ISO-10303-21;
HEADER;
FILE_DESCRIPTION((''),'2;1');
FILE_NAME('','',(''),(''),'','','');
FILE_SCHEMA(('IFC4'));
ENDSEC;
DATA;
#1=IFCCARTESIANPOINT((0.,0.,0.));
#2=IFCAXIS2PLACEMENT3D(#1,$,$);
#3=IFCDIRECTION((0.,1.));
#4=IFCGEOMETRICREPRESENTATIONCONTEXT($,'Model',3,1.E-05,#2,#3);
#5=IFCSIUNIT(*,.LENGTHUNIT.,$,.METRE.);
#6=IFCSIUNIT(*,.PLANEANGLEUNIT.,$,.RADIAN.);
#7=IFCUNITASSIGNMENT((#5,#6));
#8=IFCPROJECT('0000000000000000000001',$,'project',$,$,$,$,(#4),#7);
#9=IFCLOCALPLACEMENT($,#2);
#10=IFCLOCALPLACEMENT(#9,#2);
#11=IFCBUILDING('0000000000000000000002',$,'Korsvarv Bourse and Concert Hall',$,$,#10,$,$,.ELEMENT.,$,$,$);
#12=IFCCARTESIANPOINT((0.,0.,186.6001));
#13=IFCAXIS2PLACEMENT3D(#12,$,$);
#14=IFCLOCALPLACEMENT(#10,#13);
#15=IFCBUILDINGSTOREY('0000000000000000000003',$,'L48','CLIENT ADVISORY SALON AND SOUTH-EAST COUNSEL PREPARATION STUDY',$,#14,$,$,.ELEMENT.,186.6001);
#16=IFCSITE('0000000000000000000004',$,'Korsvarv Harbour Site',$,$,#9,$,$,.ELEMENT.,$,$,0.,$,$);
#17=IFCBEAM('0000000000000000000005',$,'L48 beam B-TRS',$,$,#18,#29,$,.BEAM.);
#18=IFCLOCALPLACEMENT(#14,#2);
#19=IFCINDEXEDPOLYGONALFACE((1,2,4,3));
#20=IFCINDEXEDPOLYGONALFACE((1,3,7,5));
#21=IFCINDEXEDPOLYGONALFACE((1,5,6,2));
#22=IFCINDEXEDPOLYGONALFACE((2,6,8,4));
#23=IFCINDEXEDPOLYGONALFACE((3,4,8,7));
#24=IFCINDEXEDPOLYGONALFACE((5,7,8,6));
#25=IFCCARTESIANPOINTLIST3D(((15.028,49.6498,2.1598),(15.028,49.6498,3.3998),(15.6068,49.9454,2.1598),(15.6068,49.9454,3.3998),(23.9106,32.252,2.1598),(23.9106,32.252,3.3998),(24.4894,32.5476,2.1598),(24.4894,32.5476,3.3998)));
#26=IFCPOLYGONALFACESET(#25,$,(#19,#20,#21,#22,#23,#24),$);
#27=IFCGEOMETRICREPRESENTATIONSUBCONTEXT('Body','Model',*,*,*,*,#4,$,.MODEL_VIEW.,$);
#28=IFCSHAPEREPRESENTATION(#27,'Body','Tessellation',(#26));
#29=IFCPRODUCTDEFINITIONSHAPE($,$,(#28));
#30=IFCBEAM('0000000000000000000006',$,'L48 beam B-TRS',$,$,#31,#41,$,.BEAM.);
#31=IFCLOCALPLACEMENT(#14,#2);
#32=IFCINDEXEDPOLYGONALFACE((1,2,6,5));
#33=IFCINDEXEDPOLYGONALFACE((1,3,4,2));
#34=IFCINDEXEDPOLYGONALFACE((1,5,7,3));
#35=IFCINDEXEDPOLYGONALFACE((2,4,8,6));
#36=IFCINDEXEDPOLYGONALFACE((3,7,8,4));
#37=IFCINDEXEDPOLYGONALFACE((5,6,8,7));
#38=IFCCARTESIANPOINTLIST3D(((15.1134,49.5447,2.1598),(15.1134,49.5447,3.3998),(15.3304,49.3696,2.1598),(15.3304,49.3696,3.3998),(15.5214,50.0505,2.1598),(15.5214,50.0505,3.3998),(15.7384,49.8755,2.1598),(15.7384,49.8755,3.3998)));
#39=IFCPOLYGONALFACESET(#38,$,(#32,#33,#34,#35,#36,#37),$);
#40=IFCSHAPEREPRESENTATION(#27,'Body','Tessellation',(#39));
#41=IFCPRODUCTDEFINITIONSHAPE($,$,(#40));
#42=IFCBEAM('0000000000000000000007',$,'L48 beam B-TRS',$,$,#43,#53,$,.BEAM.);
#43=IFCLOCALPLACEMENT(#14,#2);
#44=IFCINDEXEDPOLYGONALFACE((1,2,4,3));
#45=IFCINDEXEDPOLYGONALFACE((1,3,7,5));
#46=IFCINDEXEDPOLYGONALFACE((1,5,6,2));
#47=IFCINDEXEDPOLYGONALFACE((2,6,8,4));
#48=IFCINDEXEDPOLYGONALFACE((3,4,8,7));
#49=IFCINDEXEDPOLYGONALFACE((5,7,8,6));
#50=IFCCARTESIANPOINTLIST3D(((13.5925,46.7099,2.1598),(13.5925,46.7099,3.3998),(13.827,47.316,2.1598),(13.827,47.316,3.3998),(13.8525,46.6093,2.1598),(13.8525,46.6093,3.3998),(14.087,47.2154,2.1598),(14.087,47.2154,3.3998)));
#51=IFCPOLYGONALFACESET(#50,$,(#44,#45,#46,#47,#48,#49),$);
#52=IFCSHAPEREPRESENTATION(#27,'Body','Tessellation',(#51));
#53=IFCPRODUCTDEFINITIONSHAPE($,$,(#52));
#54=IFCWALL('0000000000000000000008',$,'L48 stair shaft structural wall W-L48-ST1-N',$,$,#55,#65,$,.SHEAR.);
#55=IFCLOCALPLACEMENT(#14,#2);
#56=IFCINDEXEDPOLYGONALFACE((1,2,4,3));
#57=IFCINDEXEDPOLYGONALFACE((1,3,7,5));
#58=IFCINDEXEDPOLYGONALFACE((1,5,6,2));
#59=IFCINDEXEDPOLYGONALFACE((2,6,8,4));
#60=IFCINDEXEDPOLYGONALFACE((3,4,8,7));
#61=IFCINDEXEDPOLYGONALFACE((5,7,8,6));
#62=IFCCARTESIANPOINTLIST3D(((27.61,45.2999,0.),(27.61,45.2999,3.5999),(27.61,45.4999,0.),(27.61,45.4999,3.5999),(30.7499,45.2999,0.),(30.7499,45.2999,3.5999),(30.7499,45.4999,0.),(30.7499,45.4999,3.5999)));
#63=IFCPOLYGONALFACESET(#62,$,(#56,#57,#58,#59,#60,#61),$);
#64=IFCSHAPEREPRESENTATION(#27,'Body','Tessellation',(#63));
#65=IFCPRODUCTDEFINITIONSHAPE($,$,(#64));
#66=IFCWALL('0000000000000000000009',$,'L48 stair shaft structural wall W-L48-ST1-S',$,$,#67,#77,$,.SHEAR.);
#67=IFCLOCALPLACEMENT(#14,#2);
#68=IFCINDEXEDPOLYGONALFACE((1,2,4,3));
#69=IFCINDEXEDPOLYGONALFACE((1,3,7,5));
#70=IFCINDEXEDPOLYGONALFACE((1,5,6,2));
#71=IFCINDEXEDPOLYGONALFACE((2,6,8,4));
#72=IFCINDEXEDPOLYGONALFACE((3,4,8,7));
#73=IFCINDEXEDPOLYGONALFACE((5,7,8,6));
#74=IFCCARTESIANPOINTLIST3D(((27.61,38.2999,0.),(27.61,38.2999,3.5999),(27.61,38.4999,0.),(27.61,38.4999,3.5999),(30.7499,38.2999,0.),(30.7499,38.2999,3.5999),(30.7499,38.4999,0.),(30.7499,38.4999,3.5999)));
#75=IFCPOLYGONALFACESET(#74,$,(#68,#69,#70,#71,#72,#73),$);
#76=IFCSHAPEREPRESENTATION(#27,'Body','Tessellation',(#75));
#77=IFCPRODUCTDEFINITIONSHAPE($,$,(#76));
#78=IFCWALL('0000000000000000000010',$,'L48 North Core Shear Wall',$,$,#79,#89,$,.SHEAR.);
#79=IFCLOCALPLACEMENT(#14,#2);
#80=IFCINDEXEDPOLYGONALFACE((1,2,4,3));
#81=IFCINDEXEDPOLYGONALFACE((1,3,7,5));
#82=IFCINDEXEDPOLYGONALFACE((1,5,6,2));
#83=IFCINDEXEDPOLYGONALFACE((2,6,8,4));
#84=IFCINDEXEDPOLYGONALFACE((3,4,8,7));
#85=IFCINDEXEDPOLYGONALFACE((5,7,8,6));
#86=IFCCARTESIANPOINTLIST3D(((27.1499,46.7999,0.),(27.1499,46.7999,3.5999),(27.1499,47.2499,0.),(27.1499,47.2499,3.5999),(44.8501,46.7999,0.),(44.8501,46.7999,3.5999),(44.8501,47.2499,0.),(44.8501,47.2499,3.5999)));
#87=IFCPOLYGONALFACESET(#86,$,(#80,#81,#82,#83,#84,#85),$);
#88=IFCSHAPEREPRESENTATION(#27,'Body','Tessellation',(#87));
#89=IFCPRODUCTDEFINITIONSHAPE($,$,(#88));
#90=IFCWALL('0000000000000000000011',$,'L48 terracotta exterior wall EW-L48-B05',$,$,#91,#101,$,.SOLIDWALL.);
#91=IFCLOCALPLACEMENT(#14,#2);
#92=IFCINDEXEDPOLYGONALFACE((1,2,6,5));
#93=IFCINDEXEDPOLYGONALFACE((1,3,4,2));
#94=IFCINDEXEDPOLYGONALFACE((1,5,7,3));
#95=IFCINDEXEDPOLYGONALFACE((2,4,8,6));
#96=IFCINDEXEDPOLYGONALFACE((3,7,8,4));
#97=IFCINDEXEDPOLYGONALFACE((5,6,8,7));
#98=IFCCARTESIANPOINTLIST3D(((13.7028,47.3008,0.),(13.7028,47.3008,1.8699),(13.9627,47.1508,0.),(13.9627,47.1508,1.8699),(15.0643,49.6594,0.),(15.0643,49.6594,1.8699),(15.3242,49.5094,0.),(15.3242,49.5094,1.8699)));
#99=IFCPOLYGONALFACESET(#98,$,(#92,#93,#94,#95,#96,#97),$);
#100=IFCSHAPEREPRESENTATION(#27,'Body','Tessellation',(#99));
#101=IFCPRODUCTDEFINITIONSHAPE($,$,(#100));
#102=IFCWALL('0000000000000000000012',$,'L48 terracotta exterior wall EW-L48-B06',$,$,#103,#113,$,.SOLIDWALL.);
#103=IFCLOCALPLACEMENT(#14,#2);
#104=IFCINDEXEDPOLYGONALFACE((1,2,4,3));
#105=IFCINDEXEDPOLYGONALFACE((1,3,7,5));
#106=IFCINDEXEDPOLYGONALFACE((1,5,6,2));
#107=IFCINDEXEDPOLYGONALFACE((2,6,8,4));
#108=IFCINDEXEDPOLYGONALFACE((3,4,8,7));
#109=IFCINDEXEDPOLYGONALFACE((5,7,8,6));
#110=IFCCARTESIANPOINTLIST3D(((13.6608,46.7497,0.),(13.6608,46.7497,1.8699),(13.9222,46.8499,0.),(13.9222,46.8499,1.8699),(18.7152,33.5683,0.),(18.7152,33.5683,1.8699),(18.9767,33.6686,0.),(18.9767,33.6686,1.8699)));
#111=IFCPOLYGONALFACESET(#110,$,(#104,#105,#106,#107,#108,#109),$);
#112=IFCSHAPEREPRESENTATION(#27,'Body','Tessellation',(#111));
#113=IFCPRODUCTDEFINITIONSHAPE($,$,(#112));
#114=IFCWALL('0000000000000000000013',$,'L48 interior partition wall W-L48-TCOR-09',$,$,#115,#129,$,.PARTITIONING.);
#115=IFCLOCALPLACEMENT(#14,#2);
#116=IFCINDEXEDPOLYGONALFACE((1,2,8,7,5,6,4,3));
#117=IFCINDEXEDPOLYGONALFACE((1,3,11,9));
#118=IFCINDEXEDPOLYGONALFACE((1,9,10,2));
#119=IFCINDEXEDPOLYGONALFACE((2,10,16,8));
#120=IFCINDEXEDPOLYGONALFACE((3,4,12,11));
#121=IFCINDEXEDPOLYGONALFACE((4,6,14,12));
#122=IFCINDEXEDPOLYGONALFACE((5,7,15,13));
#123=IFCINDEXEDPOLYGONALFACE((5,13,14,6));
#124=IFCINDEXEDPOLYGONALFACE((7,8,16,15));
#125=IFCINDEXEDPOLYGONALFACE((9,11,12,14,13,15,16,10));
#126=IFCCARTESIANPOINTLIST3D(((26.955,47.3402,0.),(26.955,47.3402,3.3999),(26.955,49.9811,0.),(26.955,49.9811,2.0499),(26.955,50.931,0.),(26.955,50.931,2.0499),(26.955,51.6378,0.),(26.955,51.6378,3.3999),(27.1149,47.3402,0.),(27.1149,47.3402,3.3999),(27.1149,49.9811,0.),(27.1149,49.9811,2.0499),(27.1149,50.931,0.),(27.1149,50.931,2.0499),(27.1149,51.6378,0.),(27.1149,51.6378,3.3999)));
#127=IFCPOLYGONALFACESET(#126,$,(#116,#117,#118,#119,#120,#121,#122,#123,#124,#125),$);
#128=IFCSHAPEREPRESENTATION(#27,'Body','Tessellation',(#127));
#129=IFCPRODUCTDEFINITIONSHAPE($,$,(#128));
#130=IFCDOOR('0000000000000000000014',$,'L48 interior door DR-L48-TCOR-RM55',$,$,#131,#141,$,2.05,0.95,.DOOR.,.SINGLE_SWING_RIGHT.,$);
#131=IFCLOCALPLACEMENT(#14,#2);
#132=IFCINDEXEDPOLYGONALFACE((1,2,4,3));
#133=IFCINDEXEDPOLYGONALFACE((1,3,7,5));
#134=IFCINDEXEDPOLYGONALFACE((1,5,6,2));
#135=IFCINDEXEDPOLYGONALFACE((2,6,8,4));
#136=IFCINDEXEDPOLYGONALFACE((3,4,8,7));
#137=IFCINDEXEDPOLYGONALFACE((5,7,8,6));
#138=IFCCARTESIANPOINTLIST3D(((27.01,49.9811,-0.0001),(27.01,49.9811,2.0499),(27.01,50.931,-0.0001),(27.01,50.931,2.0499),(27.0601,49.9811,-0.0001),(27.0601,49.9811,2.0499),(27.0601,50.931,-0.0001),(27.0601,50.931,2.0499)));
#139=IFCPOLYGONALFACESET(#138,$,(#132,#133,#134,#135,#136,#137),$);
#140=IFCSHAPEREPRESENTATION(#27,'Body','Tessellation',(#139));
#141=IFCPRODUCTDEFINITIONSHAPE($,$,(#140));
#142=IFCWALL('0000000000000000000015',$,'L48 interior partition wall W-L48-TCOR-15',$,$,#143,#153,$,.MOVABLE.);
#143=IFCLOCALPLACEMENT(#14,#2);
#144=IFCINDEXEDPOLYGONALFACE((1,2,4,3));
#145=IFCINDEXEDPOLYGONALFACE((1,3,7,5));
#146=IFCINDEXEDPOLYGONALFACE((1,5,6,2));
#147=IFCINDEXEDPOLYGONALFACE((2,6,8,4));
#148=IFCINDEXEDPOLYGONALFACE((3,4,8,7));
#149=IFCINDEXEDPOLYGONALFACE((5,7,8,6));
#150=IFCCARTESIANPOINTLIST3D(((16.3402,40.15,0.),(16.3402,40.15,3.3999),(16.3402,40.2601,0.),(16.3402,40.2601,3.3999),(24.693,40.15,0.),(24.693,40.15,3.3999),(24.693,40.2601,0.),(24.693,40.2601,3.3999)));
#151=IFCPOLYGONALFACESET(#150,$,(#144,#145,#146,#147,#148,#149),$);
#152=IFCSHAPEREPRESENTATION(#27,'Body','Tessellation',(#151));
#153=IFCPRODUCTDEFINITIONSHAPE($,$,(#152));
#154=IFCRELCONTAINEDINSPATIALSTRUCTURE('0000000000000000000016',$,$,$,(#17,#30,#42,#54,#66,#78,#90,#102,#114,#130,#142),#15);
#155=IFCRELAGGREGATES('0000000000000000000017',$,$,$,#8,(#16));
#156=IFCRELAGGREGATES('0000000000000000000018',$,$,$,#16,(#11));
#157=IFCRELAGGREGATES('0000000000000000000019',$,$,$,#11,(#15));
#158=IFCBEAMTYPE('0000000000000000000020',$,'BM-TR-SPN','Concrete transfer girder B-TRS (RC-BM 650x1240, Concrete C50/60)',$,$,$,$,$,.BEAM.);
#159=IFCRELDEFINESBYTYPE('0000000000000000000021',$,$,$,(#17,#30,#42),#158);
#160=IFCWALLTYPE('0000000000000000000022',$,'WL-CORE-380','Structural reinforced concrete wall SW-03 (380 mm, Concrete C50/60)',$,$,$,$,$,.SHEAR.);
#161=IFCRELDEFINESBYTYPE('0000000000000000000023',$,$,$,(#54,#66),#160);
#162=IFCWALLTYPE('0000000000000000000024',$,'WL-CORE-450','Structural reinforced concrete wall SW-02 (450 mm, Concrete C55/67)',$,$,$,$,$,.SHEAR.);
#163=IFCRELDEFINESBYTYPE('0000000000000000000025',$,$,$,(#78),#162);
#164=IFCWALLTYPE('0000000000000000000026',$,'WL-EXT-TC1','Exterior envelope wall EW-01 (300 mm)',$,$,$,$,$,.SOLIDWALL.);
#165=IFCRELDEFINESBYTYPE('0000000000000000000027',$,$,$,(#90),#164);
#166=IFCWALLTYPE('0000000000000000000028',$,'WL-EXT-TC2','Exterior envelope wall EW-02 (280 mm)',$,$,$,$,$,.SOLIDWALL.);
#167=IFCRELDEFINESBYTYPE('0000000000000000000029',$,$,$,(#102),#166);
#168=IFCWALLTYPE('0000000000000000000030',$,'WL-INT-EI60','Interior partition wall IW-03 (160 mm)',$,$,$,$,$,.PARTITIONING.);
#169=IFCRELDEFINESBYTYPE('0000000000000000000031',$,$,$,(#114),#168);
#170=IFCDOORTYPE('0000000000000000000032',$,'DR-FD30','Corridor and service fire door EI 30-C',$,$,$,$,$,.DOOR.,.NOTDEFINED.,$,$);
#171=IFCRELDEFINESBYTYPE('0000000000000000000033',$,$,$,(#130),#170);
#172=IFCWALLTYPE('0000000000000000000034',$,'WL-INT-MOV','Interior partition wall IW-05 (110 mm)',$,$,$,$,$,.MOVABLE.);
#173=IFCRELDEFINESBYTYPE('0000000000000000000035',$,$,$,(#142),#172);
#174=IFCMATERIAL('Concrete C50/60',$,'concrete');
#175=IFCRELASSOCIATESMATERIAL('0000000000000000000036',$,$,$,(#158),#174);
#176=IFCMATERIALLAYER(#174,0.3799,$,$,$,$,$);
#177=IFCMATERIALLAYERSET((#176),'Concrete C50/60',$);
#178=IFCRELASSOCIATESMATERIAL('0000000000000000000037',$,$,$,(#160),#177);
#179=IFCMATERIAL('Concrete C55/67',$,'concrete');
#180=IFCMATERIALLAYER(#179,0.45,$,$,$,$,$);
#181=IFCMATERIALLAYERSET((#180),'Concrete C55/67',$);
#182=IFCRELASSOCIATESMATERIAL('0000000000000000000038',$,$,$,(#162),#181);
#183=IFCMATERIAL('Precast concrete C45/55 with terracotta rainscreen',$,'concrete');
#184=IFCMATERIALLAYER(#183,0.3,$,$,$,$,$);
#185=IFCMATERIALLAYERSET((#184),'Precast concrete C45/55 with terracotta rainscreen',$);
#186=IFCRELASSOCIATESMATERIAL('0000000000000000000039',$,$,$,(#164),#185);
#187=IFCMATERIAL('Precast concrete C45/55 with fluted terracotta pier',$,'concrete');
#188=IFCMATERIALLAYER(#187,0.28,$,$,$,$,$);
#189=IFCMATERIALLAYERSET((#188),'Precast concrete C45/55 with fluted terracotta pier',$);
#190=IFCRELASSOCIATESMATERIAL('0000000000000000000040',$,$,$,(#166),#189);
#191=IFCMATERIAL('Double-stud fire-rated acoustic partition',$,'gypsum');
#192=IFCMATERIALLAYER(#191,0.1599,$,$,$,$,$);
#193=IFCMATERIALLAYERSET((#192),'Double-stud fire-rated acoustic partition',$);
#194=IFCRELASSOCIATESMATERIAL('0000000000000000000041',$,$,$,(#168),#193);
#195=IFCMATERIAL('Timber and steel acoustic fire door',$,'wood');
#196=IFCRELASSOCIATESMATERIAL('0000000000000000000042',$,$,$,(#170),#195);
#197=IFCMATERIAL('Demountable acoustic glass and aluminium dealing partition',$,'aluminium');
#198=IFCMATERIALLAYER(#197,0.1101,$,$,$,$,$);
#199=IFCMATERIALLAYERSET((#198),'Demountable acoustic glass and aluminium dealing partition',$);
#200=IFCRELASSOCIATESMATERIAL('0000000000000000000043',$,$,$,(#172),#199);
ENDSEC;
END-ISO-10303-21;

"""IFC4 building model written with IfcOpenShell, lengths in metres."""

from ifc_helpers import new_model, si_unit, direction, frame, frame_2d, origin, origin_2d, place, context, subcontext, project, spatial, rectangle, extrude, source, transform, mapped, material, layer, layer_set, material_profile, profile_set, type_object, element, fill, save


model = new_model("IFC4")

# Units and contexts
model_context = context("Model", 3, precision=1e-05, world=origin(), true_north=direction((0.0, 1.0)))
body_context = subcontext(model_context, "Body", "Model", "MODEL_VIEW")
ifc_project = project(units=[si_unit("LENGTHUNIT", "METRE"), si_unit("PLANEANGLEUNIT", "RADIAN")], contexts=[model_context])

# Site, building, storey
site_placement = place(None, origin())
site = spatial("IfcSite", under=ifc_project, at=site_placement, Name="Korsvarv Harbour Site", CompositionType="ELEMENT", RefElevation=0.0)
building_placement = place(site_placement, origin())
building = spatial("IfcBuilding", under=site, at=building_placement, Name="Korsvarv Bourse and Concert Hall", CompositionType="ELEMENT")
storey_placement = place(building_placement, frame((0.0, 0.0, 186.6001)))
storey = spatial("IfcBuildingStorey", under=building, at=storey_placement, Name="L48", Description="CLIENT ADVISORY SALON AND SOUTH-EAST COUNSEL PREPARATION STUDY", CompositionType="ELEMENT", Elevation=186.6001)

# Shared definitions
ifc_material_1 = material(Name="Concrete C55/67", Category="concrete")

# Beams
ifc_material_2 = material(Name="Concrete C50/60", Category="concrete")
ifc_material_profile_1 = material_profile(ifc_material_2, rectangle(XDim=0.6499, YDim=1.24, at=origin_2d()), Name="RC-BM 650x1240")
ifc_profile_set_1 = profile_set([ifc_material_profile_1], Name="Concrete C50/60")
beam_type_1 = type_object("IfcBeamType", Name="BM-TR-SPN", Description="Concrete transfer girder B-TRS (RC-BM 650x1240, Concrete C50/60)", PredefinedType="BEAM", material=ifc_profile_set_1)
shared_shape_1 = source(origin(), body_context, "Body", "SweptSolid", [
    extrude(rectangle(XDim=0.6499, YDim=1.24, at=origin_2d()), origin(), (0.0, 0.0, 1.0), 19.5342),
])
beam_1_placement = place(storey_placement, frame((15.3174, 49.7976, 2.7798), z_axis=(0.454722, -0.890634, 0.0), x_axis=(0.890634, 0.454722, 0.0)))
element("IfcBeam", 1, at=beam_1_placement, inside=storey, type_object=beam_type_1, Name="L48 beam B-TRS", PredefinedType="BEAM", context=body_context, shape_type="MappedRepresentation", body=[
    mapped(shared_shape_1, transform((0.0, 0.0, 0.0), scale=1.0)),
])
shared_shape_2 = source(origin(), body_context, "Body", "SweptSolid", [
    extrude(rectangle(XDim=0.6499, YDim=1.24, at=origin_2d()), origin(), (0.0, 0.0, 1.0), 0.2788),
])
for number, where, z_axis, x_axis, name in (
    (2, (15.3174, 49.7976, 2.7798), (0.778385, -0.627787, 0.0), (0.627787, 0.778385, 0.0), "L48 beam B-TRS"),
    (3, (13.7097, 47.0129, 2.7798), (0.932644, -0.360798, 0.0), (0.360798, 0.932644, 0.0), "L48 beam B-TRS"),
):
    element("IfcBeam", number, at=place(storey_placement, frame(where, z_axis=z_axis, x_axis=x_axis)), inside=storey, type_object=beam_type_1, Name=name, PredefinedType="BEAM", context=body_context, shape_type="MappedRepresentation", body=[
        mapped(shared_shape_2, transform((0.0, 0.0, 0.0), scale=1.0)),
    ])

# Walls
ifc_layer_1 = layer(ifc_material_2, 0.3799)
ifc_layer_set_1 = layer_set([ifc_layer_1], Name="Concrete C50/60")
wall_type_1 = type_object("IfcWallType", Name="WL-CORE-380", Description="Structural reinforced concrete wall SW-03 (380 mm, Concrete C50/60)", PredefinedType="SHEAR", material=ifc_layer_set_1)
for number, where, z_axis, x_axis, name in (
    (4, (27.6101, 45.3999, 0.0), (0.0, 0.0, 1.0), (1.0, 0.0, 0.0), "L48 stair shaft structural wall W-L48-ST1-N"),
    (5, (27.6101, 38.3999, 0.0), (0.0, 0.0, 1.0), (1.0, 0.0, 0.0), "L48 stair shaft structural wall W-L48-ST1-S"),
):
    element("IfcWall", number, at=place(storey_placement, frame(where, z_axis=z_axis, x_axis=x_axis)), inside=storey, type_object=wall_type_1, Name=name, PredefinedType="SHEAR", context=body_context, shape_type="SweptSolid", body=[
        extrude(rectangle(XDim=3.1399, YDim=0.2, at=frame_2d((1.5698, 0.0))), origin(), (0.0, 0.0, 1.0), 3.5999),
    ])
ifc_layer_2 = layer(ifc_material_1, 0.45)
ifc_layer_set_2 = layer_set([ifc_layer_2], Name="Concrete C55/67")
wall_type_2 = type_object("IfcWallType", Name="WL-CORE-450", Description="Structural reinforced concrete wall SW-02 (450 mm, Concrete C55/67)", PredefinedType="SHEAR", material=ifc_layer_set_2)
wall_1_placement = place(storey_placement, frame((27.1499, 47.0249, 0.0), z_axis=(0.0, 0.0, 1.0), x_axis=(1.0, 0.0, 0.0)))
element("IfcWall", 6, at=wall_1_placement, inside=storey, type_object=wall_type_2, Name="L48 North Core Shear Wall", PredefinedType="SHEAR", context=body_context, shape_type="SweptSolid", body=[
    extrude(rectangle(XDim=17.7002, YDim=0.45, at=frame_2d((8.8501, 0.0))), origin(), (0.0, 0.0, 1.0), 3.5999),
])
ifc_material_3 = material(Name="Precast concrete C45/55 with terracotta rainscreen", Category="concrete")
ifc_layer_3 = layer(ifc_material_3, 0.3)
ifc_layer_set_3 = layer_set([ifc_layer_3], Name="Precast concrete C45/55 with terracotta rainscreen")
wall_type_3 = type_object("IfcWallType", Name="WL-EXT-TC1", Description="Exterior envelope wall EW-01 (300 mm)", PredefinedType="SOLIDWALL", material=ifc_layer_set_3)
wall_2_placement = place(storey_placement, frame((15.1943, 49.5845, 0.0), z_axis=(0.0, 0.0, 1.0), x_axis=(-0.499947, -0.866056, 0.0)))
element("IfcWall", 7, at=wall_2_placement, inside=storey, type_object=wall_type_3, Name="L48 terracotta exterior wall EW-L48-B05", PredefinedType="SOLIDWALL", context=body_context, shape_type="SweptSolid", body=[
    extrude(rectangle(XDim=2.7234, YDim=0.3, at=frame_2d((1.3618, 0.0))), origin(), (0.0, 0.0, 1.0), 1.8699),
])
ifc_material_4 = material(Name="Precast concrete C45/55 with fluted terracotta pier", Category="concrete")
ifc_layer_4 = layer(ifc_material_4, 0.28)
ifc_layer_set_4 = layer_set([ifc_layer_4], Name="Precast concrete C45/55 with fluted terracotta pier")
wall_type_4 = type_object("IfcWallType", Name="WL-EXT-TC2", Description="Exterior envelope wall EW-02 (280 mm)", PredefinedType="SOLIDWALL", material=ifc_layer_set_4)
wall_3_placement = place(storey_placement, frame((13.7915, 46.7998, 0.0), z_axis=(0.0, 0.0, 1.0), x_axis=(0.358033, -0.933709, 0.0)))
element("IfcWall", 8, at=wall_3_placement, inside=storey, type_object=wall_type_4, Name="L48 terracotta exterior wall EW-L48-B06", PredefinedType="SOLIDWALL", context=body_context, shape_type="SweptSolid", body=[
    extrude(rectangle(XDim=14.1172, YDim=0.28, at=frame_2d((7.0586, 0.0))), origin(), (0.0, 0.0, 1.0), 1.8699),
])

# Wall, opening, door
ifc_material_5 = material(Name="Double-stud fire-rated acoustic partition", Category="gypsum")
ifc_layer_5 = layer(ifc_material_5, 0.1599)
ifc_layer_set_5 = layer_set([ifc_layer_5], Name="Double-stud fire-rated acoustic partition")
wall_type_5 = type_object("IfcWallType", Name="WL-INT-EI60", Description="Interior partition wall IW-03 (160 mm)", PredefinedType="PARTITIONING", material=ifc_layer_set_5)
wall_4_placement = place(storey_placement, frame((27.0349, 47.3401, 0.0), z_axis=(0.0, 0.0, 1.0), x_axis=(0.0, 1.0, 0.0)))
wall_4 = element("IfcWall", 9, at=wall_4_placement, inside=storey, type_object=wall_type_5, Name="L48 interior partition wall W-L48-TCOR-09", PredefinedType="PARTITIONING", context=body_context, shape_type="SweptSolid", body=[
    extrude(rectangle(XDim=4.2976, YDim=0.1599, at=frame_2d((2.1489, 0.0))), origin(), (0.0, 0.0, 1.0), 3.3999),
])
opening_placement = place(wall_4_placement, frame((2.6409, 0.0, 0.0)))
opening = element("IfcOpeningElement", 10, at=opening_placement, cuts=wall_4, PredefinedType="OPENING", context=body_context, shape_type="SweptSolid", body=[
    extrude(rectangle(XDim=0.95, YDim=2.05, at=frame_2d((0.4751, 1.0249))), frame((0.0, 0.0898, 0.0), z_axis=(0.0, -1.0, 0.0), x_axis=(1.0, 0.0, 0.0)), (0.0, 0.0, 1.0), 0.1799),
])
ifc_material_6 = material(Name="Timber and steel acoustic fire door", Category="wood")
door_type = type_object("IfcDoorType", Name="DR-FD30", Description="Corridor and service fire door EI 30-C", OperationType="NOTDEFINED", PredefinedType="DOOR", material=ifc_material_6)
door_placement = place(opening_placement, origin())
door = element("IfcDoor", 11, at=door_placement, inside=storey, type_object=door_type, Name="L48 interior door DR-L48-TCOR-RM55", OperationType="SINGLE_SWING_RIGHT", OverallHeight=2.05, OverallWidth=0.95, PredefinedType="DOOR", context=body_context, shape_type="SweptSolid", body=[
    extrude(rectangle(XDim=0.95, YDim=2.05, at=frame_2d((0.4751, 1.0249))), frame((0.0, 0.0249, 0.0), z_axis=(0.0, -1.0, 0.0), x_axis=(1.0, 0.0, 0.0)), (0.0, 0.0, 1.0), 0.05),
])
fill(opening, door)

# Wall
ifc_material_7 = material(Name="Demountable acoustic glass and aluminium dealing partition", Category="aluminium")
ifc_layer_6 = layer(ifc_material_7, 0.1101)
ifc_layer_set_6 = layer_set([ifc_layer_6], Name="Demountable acoustic glass and aluminium dealing partition")
wall_type_6 = type_object("IfcWallType", Name="WL-INT-MOV", Description="Interior partition wall IW-05 (110 mm)", PredefinedType="MOVABLE", material=ifc_layer_set_6)
wall_5_placement = place(storey_placement, frame((16.3403, 40.2051, 0.0), z_axis=(0.0, 0.0, 1.0), x_axis=(1.0, 0.0, 0.0)))
element("IfcWall", 12, at=wall_5_placement, inside=storey, type_object=wall_type_6, Name="L48 interior partition wall W-L48-TCOR-15", PredefinedType="MOVABLE", context=body_context, shape_type="SweptSolid", body=[
    extrude(rectangle(XDim=8.3528, YDim=0.1101, at=frame_2d((4.1763, 0.0))), origin(), (0.0, 0.0, 1.0), 3.3999),
])

save(model, "model.ifc")
